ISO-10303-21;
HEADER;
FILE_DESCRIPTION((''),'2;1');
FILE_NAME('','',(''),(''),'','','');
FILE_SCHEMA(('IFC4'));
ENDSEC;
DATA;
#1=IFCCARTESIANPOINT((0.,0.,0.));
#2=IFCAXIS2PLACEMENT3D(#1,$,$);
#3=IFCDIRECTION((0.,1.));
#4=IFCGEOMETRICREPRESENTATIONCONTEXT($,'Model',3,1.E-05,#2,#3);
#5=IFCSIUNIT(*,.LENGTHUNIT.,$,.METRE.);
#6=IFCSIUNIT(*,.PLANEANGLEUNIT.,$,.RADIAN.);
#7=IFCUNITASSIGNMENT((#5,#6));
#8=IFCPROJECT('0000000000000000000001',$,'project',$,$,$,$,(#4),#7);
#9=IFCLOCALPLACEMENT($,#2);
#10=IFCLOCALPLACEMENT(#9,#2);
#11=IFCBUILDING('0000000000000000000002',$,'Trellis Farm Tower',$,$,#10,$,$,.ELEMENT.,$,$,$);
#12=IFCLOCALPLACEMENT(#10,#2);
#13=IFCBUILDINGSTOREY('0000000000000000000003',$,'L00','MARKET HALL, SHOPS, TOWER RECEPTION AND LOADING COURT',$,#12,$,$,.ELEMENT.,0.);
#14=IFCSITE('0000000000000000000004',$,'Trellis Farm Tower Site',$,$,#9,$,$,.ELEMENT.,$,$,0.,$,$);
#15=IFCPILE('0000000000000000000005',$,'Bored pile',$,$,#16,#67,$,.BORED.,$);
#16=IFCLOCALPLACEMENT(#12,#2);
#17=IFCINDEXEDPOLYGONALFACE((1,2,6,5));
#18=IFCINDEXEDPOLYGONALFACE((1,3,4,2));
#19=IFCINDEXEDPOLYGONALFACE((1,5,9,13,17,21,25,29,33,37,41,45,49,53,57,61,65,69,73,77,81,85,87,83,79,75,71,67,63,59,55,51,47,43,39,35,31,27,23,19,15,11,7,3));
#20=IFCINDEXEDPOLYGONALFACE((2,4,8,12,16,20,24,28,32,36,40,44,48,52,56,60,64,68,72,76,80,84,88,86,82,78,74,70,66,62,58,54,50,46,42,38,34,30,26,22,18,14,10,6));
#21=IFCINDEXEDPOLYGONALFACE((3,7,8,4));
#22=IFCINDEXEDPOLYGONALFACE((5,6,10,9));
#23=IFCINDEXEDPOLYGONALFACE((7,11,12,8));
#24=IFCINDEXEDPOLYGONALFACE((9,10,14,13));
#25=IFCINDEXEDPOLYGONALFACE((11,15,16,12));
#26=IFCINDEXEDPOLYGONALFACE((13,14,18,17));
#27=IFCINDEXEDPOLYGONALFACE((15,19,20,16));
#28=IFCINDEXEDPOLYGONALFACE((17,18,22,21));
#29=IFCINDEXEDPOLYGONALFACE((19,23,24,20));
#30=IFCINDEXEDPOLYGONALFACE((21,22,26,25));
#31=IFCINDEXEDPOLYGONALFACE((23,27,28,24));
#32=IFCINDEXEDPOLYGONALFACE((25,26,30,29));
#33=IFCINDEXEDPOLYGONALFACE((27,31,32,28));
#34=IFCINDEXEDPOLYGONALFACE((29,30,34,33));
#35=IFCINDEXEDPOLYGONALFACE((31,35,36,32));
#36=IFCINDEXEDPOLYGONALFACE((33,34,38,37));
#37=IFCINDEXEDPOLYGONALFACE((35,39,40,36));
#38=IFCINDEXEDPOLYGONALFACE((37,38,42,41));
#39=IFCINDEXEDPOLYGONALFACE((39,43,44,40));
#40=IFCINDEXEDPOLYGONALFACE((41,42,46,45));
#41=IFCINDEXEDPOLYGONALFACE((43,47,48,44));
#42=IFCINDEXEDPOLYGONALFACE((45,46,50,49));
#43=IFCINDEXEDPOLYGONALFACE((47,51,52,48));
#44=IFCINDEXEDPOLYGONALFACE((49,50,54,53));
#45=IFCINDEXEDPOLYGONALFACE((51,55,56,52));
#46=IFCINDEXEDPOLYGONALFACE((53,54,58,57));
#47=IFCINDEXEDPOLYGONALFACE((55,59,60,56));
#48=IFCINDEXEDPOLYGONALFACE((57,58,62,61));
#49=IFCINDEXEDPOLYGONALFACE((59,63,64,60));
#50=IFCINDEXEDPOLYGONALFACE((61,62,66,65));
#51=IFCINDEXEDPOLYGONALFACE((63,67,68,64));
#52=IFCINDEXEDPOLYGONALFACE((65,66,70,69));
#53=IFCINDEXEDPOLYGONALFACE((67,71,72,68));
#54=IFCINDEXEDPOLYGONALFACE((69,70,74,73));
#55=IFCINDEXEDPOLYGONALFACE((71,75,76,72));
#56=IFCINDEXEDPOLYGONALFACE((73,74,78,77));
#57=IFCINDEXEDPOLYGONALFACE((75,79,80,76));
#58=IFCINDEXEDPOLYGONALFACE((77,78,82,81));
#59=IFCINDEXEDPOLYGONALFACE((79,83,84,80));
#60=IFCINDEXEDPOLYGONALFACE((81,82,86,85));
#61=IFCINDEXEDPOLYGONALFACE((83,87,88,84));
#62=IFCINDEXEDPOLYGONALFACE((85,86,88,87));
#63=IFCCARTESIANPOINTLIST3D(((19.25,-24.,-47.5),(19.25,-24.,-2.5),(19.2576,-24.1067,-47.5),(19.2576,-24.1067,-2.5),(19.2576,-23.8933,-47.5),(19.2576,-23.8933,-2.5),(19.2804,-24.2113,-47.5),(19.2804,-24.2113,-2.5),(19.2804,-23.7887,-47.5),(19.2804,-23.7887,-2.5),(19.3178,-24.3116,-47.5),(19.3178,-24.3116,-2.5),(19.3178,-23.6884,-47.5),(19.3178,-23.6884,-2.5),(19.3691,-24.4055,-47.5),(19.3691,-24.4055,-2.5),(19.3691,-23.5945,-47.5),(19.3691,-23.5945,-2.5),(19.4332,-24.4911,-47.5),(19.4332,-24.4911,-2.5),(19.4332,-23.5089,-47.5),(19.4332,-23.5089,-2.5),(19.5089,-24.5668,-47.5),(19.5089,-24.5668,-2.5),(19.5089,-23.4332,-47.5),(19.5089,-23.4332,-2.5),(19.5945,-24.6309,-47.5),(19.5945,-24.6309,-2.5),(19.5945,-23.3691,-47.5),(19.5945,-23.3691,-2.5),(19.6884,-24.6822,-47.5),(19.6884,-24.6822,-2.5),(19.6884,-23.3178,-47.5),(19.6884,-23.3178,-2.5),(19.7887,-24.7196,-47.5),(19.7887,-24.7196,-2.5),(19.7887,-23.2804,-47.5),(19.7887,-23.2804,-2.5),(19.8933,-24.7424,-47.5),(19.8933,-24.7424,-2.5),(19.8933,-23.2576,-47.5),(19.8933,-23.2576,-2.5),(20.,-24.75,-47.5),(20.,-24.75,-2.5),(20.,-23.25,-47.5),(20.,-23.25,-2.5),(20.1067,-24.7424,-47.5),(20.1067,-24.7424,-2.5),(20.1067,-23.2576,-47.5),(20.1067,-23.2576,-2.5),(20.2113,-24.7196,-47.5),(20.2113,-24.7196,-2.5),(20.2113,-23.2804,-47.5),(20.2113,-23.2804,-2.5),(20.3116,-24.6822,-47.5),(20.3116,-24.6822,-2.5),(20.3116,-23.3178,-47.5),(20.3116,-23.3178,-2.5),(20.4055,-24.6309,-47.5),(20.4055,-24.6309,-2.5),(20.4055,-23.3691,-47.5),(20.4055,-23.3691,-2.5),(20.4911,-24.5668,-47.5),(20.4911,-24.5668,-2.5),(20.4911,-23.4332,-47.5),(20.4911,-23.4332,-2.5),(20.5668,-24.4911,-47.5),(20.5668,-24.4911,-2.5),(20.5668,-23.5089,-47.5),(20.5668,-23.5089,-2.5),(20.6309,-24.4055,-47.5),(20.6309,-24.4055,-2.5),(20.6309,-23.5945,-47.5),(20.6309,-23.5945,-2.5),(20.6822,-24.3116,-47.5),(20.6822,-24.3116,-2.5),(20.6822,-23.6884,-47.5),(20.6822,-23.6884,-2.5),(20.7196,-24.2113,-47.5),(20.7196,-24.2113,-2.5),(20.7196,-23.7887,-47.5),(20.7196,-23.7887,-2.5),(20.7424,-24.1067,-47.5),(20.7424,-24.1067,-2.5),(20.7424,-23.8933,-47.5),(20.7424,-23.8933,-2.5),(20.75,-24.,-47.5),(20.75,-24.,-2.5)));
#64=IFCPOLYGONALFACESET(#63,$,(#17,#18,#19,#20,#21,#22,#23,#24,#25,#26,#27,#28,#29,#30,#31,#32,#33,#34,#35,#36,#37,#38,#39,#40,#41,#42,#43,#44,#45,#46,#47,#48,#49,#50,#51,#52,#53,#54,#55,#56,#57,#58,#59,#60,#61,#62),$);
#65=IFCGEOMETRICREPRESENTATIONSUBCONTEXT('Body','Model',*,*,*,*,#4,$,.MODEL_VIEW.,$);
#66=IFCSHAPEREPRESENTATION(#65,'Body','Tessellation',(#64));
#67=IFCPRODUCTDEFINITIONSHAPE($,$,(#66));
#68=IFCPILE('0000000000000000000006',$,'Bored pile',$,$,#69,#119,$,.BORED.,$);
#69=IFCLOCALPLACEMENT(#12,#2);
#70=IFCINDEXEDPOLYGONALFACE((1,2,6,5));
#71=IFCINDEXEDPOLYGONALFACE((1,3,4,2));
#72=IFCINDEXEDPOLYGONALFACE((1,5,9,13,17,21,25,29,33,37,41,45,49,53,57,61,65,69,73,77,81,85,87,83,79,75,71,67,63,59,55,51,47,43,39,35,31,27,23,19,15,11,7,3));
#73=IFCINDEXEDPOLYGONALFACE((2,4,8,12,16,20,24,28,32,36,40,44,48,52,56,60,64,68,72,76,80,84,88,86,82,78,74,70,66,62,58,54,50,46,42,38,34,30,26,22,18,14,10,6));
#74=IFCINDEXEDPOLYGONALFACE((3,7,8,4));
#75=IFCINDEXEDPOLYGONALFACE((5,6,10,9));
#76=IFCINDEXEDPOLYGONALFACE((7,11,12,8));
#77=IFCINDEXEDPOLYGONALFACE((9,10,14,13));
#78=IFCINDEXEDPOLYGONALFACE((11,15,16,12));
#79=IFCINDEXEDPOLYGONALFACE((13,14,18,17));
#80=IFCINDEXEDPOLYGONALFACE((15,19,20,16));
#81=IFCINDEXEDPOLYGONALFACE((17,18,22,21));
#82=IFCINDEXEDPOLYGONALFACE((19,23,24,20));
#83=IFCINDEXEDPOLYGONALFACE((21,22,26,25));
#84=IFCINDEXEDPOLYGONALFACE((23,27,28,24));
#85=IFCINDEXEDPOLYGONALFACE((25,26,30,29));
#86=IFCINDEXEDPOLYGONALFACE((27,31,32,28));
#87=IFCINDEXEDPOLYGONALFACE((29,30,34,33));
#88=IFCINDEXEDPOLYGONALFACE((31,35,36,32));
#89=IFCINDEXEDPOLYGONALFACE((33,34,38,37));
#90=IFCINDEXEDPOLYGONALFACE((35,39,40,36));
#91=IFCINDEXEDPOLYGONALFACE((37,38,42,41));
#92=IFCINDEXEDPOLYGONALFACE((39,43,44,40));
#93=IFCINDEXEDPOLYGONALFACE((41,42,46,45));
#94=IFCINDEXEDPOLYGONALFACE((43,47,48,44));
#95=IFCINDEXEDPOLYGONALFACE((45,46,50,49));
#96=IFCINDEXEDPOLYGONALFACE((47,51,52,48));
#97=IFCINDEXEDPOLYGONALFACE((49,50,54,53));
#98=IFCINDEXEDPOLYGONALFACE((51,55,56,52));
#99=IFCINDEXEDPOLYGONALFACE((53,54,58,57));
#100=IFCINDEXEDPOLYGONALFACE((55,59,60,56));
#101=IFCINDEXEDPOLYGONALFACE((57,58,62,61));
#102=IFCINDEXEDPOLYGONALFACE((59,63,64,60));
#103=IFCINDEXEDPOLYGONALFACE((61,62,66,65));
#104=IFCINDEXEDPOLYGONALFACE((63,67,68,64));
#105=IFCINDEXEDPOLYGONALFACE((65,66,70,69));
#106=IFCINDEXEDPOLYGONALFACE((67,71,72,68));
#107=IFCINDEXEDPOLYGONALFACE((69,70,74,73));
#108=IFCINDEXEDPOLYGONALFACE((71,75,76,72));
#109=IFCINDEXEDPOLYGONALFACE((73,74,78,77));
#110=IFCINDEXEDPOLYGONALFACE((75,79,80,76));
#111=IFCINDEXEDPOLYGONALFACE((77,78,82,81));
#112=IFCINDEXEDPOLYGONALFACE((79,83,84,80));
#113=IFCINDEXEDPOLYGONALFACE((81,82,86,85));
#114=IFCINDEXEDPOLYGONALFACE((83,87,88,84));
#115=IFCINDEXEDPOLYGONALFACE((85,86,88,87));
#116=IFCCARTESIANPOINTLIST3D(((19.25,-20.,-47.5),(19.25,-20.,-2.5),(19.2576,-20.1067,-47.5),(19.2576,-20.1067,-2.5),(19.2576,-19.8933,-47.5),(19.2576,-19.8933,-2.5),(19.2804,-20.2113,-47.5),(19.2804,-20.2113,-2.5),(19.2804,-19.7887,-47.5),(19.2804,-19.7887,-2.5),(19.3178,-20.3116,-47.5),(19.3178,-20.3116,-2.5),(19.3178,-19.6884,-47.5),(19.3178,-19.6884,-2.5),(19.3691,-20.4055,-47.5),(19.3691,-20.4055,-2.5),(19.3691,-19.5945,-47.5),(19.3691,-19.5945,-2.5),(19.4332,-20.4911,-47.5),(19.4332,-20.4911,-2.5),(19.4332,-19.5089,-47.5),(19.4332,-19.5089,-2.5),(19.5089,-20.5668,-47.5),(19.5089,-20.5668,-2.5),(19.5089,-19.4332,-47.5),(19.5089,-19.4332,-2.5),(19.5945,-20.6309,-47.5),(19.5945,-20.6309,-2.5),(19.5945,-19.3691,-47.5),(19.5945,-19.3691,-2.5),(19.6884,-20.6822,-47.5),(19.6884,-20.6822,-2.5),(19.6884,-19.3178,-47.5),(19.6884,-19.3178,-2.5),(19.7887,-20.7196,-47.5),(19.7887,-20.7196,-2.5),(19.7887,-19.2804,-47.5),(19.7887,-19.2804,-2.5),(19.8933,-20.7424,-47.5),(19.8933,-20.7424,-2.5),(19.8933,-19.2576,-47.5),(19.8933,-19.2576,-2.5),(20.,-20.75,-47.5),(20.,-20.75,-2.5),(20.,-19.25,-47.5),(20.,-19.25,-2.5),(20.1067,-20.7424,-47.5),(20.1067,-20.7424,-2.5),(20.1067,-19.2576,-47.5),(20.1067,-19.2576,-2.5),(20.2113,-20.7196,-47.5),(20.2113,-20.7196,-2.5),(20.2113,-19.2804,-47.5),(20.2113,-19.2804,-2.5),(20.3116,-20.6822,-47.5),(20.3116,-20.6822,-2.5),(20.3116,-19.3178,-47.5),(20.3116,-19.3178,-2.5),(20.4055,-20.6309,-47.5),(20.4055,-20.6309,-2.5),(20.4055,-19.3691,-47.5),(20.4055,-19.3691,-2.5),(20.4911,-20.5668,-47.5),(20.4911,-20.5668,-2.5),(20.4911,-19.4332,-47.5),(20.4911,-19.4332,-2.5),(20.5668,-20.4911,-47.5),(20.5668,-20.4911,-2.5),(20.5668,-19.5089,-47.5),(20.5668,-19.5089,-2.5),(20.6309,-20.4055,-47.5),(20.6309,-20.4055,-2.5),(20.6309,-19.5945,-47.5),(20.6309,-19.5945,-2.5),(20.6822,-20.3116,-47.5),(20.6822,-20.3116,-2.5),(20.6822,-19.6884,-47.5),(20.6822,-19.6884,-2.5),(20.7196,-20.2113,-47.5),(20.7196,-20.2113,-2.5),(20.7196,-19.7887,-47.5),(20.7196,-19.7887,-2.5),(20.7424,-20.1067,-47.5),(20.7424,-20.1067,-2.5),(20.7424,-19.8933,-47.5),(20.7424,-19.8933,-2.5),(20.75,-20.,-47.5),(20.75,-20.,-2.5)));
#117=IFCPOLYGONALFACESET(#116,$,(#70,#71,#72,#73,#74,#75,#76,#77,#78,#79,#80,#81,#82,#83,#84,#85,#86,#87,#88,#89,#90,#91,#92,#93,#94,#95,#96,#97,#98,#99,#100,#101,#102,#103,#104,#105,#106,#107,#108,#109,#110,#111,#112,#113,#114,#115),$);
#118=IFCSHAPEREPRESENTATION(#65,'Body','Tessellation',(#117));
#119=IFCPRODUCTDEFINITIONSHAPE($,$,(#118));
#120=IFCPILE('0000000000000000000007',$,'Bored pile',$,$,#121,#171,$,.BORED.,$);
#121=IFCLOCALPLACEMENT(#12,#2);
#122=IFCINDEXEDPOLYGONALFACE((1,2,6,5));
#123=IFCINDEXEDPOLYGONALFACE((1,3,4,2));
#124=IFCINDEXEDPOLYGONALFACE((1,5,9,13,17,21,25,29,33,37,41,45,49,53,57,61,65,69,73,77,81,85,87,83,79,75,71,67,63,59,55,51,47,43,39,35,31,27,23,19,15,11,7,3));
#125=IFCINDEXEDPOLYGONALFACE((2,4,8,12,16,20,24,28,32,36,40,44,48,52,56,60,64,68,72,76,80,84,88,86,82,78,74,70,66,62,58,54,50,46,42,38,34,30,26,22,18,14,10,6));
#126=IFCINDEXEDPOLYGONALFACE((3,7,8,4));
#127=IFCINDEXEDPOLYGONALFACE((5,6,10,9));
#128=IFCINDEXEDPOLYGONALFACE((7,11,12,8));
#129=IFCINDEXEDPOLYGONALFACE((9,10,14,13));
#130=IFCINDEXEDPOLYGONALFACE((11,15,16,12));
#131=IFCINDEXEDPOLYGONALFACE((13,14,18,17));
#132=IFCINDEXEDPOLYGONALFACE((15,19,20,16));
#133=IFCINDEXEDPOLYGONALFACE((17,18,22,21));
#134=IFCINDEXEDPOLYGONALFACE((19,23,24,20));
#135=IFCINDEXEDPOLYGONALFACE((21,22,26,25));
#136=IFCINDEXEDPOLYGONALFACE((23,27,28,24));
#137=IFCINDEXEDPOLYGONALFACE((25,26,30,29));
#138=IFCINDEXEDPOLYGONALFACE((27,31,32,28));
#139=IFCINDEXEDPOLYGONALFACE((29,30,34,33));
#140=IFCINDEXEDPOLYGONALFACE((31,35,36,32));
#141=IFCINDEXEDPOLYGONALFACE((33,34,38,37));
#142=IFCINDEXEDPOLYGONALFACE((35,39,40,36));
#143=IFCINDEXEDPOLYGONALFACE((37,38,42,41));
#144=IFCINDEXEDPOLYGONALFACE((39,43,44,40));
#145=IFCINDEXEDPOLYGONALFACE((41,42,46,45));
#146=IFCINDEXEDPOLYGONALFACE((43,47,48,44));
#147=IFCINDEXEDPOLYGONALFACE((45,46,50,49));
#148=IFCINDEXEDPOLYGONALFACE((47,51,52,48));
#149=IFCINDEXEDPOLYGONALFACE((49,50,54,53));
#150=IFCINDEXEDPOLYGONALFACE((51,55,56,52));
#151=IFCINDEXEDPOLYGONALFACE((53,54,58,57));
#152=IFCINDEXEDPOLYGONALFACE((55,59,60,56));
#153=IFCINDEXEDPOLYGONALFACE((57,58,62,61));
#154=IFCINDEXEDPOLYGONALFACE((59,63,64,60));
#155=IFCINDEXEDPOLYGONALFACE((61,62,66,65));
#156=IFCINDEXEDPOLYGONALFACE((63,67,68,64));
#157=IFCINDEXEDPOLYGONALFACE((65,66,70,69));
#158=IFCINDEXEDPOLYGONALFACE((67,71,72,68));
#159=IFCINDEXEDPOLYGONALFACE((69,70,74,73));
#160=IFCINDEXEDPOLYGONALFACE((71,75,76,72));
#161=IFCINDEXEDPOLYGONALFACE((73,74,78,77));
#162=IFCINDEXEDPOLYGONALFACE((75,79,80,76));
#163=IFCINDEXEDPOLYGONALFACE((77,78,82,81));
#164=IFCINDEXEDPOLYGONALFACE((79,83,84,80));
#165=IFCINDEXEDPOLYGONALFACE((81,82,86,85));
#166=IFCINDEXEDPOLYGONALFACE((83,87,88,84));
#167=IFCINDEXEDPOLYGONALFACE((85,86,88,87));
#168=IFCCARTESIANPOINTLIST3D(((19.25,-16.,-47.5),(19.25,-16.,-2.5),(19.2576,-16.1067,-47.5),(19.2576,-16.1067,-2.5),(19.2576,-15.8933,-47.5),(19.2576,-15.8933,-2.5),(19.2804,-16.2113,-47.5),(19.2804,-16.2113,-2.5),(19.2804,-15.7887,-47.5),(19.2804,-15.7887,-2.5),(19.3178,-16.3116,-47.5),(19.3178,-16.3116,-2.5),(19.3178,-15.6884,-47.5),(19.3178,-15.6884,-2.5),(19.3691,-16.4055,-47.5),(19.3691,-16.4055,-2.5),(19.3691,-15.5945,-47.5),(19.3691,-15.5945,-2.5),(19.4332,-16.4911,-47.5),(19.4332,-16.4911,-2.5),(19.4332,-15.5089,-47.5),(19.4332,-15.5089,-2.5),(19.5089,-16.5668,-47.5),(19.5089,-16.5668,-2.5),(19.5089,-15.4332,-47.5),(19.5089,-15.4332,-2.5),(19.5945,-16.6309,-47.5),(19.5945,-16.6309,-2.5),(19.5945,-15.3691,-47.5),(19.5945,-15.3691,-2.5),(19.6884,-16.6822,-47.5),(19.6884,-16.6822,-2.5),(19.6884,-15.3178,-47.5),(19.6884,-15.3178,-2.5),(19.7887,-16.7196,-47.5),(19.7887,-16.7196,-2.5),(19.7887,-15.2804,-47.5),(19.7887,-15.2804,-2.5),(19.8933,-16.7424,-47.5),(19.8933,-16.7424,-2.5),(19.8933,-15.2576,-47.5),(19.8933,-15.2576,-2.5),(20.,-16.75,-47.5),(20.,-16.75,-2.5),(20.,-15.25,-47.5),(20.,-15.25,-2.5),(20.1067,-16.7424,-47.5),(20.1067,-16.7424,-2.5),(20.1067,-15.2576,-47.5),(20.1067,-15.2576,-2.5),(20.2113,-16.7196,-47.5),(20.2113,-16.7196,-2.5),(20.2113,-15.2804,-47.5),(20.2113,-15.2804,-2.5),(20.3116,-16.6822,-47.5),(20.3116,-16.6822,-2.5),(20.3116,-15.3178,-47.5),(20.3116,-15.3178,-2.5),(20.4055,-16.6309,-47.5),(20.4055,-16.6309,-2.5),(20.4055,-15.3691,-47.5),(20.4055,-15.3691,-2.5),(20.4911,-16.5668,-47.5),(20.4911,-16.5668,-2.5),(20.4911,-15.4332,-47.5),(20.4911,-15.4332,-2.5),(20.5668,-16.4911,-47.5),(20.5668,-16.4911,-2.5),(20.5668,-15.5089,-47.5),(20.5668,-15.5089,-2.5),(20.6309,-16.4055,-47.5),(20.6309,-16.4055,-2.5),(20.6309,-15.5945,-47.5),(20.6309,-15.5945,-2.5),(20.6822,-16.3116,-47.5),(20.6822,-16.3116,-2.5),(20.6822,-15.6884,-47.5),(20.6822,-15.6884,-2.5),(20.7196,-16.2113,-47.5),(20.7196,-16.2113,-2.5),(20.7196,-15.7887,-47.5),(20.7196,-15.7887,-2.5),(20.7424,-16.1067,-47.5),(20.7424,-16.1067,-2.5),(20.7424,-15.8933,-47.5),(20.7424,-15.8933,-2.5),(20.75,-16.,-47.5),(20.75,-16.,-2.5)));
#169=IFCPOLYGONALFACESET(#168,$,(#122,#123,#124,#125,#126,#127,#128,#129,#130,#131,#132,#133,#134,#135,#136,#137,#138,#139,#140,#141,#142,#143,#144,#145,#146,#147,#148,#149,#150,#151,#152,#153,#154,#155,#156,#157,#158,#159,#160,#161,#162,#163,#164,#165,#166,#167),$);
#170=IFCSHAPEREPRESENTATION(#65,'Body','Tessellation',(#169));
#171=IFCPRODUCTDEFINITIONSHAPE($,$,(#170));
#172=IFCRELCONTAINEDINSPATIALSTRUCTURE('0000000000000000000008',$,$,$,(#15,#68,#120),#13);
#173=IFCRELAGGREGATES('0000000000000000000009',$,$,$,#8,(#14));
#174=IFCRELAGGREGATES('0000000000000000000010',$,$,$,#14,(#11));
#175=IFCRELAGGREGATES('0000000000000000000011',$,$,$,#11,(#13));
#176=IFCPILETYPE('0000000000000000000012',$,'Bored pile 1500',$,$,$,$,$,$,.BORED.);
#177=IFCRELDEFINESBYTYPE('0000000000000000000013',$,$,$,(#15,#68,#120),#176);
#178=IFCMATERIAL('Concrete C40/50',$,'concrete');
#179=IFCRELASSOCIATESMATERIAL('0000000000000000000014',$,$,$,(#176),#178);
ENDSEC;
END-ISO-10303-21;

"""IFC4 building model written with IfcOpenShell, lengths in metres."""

from ifc_helpers import new_model, si_unit, direction, frame, origin, origin_2d, place, context, subcontext, project, spatial, circle, extrude, source, transform, mapped, material, material_profile, profile_set, type_object, element, save


model = new_model("IFC4")

# Units and contexts
model_context = context("Model", 3, precision=1e-05, world=origin(), true_north=direction((0.0, 1.0)))
body_context = subcontext(model_context, "Body", "Model", "MODEL_VIEW")
ifc_project = project(units=[si_unit("LENGTHUNIT", "METRE"), si_unit("PLANEANGLEUNIT", "RADIAN")], contexts=[model_context])

# Site, building, storey
site_placement = place(None, origin())
site = spatial("IfcSite", under=ifc_project, at=site_placement, Name="Trellis Farm Tower Site", CompositionType="ELEMENT", RefElevation=0.0)
building_placement = place(site_placement, origin())
building = spatial("IfcBuilding", under=site, at=building_placement, Name="Trellis Farm Tower", CompositionType="ELEMENT")
storey_placement = place(building_placement, origin())
storey = spatial("IfcBuildingStorey", under=building, at=storey_placement, Name="L00", Description="MARKET HALL, SHOPS, TOWER RECEPTION AND LOADING COURT", CompositionType="ELEMENT", Elevation=0.0)

# Piles
ifc_material_1 = material(Name="Concrete C40/50", Category="concrete")
ifc_material_profile_1 = material_profile(ifc_material_1, circle(Radius=0.75, at=origin_2d()), Name="Bored pile 1500")
ifc_profile_set_1 = profile_set([ifc_material_profile_1], Name="Concrete C40/50")
pile_type = type_object("IfcPileType", Name="Bored pile 1500", PredefinedType="BORED", material=ifc_profile_set_1)
shared_shape_1 = source(origin(), body_context, "Body", "SweptSolid", [
    extrude(circle(Radius=0.75, at=origin_2d()), origin(), (0.0, 0.0, 1.0), 45.0),
])
for number, where, z_axis, x_axis, name in (
    (1, (20.0, -24.0, -2.5), (0.0, 0.0, -1.0), (1.0, 0.0, 0.0), "Bored pile"),
    (2, (20.0, -20.0, -2.5), (0.0, 0.0, -1.0), (1.0, 0.0, 0.0), "Bored pile"),
    (3, (20.0, -16.0, -2.5), (0.0, 0.0, -1.0), (1.0, 0.0, 0.0), "Bored pile"),
):
    element("IfcPile", number, at=place(storey_placement, frame(where, z_axis=z_axis, x_axis=x_axis)), inside=storey, type_object=pile_type, Name=name, PredefinedType="BORED", context=body_context, shape_type="MappedRepresentation", body=[
        mapped(shared_shape_1, transform((0.0, 0.0, 0.0))),
    ])

save(model, "model.ifc")
